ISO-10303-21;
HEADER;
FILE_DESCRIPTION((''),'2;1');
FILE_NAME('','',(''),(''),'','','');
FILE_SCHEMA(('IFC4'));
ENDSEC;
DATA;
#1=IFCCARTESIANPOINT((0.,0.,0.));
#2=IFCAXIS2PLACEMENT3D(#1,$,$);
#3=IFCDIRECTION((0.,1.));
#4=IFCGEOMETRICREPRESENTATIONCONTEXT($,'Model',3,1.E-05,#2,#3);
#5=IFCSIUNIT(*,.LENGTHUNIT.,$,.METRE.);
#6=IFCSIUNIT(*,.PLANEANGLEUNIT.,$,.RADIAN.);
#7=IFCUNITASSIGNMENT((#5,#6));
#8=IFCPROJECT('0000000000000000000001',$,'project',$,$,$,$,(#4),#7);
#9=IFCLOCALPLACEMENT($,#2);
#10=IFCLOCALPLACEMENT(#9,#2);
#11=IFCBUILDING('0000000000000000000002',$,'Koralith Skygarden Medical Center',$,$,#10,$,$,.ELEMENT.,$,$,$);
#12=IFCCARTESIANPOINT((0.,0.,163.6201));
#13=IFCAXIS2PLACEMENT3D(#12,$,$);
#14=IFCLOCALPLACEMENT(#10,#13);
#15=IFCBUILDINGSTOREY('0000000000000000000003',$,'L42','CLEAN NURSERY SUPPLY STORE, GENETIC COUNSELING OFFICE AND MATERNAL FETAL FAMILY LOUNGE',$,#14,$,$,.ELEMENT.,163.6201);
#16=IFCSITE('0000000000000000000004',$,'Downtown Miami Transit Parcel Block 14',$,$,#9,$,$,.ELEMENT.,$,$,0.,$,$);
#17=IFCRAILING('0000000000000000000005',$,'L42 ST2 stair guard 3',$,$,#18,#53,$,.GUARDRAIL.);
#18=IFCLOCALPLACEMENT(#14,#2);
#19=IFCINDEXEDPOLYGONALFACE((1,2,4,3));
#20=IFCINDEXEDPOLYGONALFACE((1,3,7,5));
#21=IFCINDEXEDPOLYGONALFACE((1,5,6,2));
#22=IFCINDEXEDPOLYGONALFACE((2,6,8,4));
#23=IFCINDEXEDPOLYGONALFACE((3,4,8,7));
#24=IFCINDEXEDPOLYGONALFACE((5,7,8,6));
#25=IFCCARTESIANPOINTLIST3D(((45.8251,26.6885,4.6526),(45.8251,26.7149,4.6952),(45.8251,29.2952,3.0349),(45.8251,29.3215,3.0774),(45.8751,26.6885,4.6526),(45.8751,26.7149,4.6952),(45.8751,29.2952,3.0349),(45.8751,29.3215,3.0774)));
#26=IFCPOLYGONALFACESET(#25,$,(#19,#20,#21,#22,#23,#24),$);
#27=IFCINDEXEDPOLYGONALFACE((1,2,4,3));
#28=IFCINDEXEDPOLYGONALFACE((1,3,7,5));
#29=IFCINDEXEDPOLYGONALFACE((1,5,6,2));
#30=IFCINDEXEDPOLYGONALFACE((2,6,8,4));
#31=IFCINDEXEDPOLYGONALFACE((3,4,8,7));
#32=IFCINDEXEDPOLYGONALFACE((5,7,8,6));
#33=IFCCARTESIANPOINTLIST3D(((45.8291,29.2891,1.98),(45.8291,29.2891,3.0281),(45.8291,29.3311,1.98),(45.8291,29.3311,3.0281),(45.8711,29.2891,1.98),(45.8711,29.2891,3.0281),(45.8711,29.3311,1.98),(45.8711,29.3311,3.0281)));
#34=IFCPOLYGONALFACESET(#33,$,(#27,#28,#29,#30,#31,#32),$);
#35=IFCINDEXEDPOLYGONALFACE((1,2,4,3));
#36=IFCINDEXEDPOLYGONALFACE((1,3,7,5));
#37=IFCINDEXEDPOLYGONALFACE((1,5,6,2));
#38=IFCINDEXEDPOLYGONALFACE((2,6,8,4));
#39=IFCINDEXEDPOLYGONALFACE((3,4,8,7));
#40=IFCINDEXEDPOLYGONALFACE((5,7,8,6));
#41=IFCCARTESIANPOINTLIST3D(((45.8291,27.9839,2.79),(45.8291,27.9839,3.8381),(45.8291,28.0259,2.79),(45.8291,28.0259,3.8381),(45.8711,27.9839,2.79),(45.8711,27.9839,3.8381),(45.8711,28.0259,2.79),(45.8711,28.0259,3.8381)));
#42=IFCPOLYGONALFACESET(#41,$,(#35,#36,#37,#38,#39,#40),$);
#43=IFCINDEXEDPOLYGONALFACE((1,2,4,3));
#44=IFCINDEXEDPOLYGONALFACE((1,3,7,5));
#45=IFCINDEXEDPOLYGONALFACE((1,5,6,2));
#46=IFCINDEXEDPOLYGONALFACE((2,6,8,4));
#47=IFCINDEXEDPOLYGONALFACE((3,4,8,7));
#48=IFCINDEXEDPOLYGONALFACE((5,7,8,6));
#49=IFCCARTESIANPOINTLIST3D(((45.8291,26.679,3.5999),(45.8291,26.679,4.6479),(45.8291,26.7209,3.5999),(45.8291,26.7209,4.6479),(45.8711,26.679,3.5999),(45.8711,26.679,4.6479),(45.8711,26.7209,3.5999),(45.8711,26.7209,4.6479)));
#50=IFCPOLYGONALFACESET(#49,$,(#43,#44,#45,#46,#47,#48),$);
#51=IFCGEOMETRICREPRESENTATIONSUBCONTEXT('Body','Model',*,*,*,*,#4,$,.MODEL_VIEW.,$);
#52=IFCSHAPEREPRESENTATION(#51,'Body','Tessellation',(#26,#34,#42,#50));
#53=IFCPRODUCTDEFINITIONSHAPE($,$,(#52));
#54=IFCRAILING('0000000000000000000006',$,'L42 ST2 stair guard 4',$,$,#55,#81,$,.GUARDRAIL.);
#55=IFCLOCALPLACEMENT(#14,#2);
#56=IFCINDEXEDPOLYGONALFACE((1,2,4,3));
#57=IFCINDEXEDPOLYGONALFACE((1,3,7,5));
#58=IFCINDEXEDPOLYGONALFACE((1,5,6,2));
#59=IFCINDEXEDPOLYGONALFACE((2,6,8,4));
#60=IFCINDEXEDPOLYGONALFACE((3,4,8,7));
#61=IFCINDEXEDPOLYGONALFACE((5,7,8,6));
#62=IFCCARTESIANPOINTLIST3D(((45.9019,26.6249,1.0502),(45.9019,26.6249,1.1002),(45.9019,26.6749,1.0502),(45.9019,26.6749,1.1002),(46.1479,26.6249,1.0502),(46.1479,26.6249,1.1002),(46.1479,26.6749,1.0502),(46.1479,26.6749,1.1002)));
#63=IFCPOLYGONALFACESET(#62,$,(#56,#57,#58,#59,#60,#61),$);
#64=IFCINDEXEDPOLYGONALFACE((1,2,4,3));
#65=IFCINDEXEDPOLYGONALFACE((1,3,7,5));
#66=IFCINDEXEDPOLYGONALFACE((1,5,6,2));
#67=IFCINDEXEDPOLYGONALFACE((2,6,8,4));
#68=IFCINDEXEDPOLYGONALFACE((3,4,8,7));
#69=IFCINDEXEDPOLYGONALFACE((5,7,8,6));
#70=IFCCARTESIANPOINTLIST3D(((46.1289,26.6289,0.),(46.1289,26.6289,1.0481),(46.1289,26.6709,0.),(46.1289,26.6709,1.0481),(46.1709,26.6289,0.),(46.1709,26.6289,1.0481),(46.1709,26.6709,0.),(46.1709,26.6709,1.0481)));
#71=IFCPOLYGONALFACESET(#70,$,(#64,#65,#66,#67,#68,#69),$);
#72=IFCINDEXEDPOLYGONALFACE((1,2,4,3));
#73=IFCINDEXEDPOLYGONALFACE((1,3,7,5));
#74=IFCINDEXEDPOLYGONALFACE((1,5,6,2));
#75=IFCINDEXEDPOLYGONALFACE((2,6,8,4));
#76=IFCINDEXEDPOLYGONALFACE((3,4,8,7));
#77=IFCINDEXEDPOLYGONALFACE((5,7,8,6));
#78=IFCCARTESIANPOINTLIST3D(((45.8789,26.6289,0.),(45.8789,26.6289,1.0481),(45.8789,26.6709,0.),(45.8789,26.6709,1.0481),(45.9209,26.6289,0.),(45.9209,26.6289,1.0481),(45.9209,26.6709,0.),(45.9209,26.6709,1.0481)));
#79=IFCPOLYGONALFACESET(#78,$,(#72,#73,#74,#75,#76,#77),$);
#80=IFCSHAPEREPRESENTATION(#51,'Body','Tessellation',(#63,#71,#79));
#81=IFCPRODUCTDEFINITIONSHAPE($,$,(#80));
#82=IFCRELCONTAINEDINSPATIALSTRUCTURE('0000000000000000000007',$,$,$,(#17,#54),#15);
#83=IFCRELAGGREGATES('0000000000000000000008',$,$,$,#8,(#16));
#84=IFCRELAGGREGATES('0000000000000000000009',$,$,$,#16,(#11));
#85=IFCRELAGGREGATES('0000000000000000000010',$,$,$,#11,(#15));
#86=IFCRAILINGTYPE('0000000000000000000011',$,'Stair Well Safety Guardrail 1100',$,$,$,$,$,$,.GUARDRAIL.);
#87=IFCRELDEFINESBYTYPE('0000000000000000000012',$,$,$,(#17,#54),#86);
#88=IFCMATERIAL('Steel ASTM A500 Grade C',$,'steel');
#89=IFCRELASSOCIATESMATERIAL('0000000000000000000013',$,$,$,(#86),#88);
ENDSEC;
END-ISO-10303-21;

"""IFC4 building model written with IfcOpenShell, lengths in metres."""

from ifc_helpers import new_model, si_unit, direction, frame, origin, origin_2d, place, context, subcontext, project, spatial, rectangle, extrude, material, type_object, element, save


model = new_model("IFC4")

# Units and contexts
model_context = context("Model", 3, precision=1e-05, world=origin(), true_north=direction((0.0, 1.0)))
body_context = subcontext(model_context, "Body", "Model", "MODEL_VIEW")
ifc_project = project(units=[si_unit("LENGTHUNIT", "METRE"), si_unit("PLANEANGLEUNIT", "RADIAN")], contexts=[model_context])

# Site, building, storey
site_placement = place(None, origin())
site = spatial("IfcSite", under=ifc_project, at=site_placement, Name="Downtown Miami Transit Parcel Block 14", CompositionType="ELEMENT", RefElevation=0.0)
building_placement = place(site_placement, origin())
building = spatial("IfcBuilding", under=site, at=building_placement, Name="Koralith Skygarden Medical Center", CompositionType="ELEMENT")
storey_placement = place(building_placement, frame((0.0, 0.0, 163.6201)))
storey = spatial("IfcBuildingStorey", under=building, at=storey_placement, Name="L42", Description="CLEAN NURSERY SUPPLY STORE, GENETIC COUNSELING OFFICE AND MATERNAL FETAL FAMILY LOUNGE", CompositionType="ELEMENT", Elevation=163.6201)

# Railings
ifc_material_1 = material(Name="Steel ASTM A500 Grade C", Category="steel")
railing_type_1 = type_object("IfcRailingType", Name="Stair Well Safety Guardrail 1100", PredefinedType="GUARDRAIL", material=ifc_material_1)
railing_1_placement = place(storey_placement, frame((45.8501, 29.3101, 1.98)))
element("IfcRailing", 1, at=railing_1_placement, inside=storey, type_object=railing_type_1, Name="L42 ST2 stair guard 3", PredefinedType="GUARDRAIL", context=body_context, shape_type="SweptSolid", body=[
    extrude(rectangle(XDim=0.05, YDim=0.05, at=origin_2d()), frame((0.0, -0.0017, 1.0762), z_axis=(0.0, -0.849668, 0.527317), x_axis=(1.0, 0.0, 0.0)), (0.0, 0.0, 1.0), 3.0679),
    extrude(rectangle(XDim=0.042, YDim=0.042, at=origin_2d()), origin(), (0.0, 0.0, 1.0), 1.0481),
    extrude(rectangle(XDim=0.042, YDim=0.042, at=origin_2d()), frame((0.0, -1.3052, 0.8101)), (0.0, 0.0, 1.0), 1.0481),
    extrude(rectangle(XDim=0.042, YDim=0.042, at=origin_2d()), frame((0.0, -2.6101, 1.6199)), (0.0, 0.0, 1.0), 1.0481),
])
railing_2_placement = place(storey_placement, frame((46.1499, 26.6499, 0.0)))
element("IfcRailing", 2, at=railing_2_placement, inside=storey, type_object=railing_type_1, Name="L42 ST2 stair guard 4", PredefinedType="GUARDRAIL", context=body_context, shape_type="SweptSolid", body=[
    extrude(rectangle(XDim=0.05, YDim=0.05, at=origin_2d()), frame((-0.002, 0.0, 1.0752), z_axis=(-1.0, 0.0, 0.0), x_axis=(0.0, -1.0, 0.0)), (0.0, 0.0, 1.0), 0.2461),
    extrude(rectangle(XDim=0.042, YDim=0.042, at=origin_2d()), origin(), (0.0, 0.0, 1.0), 1.0481),
    extrude(rectangle(XDim=0.042, YDim=0.042, at=origin_2d()), frame((-0.25, 0.0, 0.0)), (0.0, 0.0, 1.0), 1.0481),
])

save(model, "model.ifc")
